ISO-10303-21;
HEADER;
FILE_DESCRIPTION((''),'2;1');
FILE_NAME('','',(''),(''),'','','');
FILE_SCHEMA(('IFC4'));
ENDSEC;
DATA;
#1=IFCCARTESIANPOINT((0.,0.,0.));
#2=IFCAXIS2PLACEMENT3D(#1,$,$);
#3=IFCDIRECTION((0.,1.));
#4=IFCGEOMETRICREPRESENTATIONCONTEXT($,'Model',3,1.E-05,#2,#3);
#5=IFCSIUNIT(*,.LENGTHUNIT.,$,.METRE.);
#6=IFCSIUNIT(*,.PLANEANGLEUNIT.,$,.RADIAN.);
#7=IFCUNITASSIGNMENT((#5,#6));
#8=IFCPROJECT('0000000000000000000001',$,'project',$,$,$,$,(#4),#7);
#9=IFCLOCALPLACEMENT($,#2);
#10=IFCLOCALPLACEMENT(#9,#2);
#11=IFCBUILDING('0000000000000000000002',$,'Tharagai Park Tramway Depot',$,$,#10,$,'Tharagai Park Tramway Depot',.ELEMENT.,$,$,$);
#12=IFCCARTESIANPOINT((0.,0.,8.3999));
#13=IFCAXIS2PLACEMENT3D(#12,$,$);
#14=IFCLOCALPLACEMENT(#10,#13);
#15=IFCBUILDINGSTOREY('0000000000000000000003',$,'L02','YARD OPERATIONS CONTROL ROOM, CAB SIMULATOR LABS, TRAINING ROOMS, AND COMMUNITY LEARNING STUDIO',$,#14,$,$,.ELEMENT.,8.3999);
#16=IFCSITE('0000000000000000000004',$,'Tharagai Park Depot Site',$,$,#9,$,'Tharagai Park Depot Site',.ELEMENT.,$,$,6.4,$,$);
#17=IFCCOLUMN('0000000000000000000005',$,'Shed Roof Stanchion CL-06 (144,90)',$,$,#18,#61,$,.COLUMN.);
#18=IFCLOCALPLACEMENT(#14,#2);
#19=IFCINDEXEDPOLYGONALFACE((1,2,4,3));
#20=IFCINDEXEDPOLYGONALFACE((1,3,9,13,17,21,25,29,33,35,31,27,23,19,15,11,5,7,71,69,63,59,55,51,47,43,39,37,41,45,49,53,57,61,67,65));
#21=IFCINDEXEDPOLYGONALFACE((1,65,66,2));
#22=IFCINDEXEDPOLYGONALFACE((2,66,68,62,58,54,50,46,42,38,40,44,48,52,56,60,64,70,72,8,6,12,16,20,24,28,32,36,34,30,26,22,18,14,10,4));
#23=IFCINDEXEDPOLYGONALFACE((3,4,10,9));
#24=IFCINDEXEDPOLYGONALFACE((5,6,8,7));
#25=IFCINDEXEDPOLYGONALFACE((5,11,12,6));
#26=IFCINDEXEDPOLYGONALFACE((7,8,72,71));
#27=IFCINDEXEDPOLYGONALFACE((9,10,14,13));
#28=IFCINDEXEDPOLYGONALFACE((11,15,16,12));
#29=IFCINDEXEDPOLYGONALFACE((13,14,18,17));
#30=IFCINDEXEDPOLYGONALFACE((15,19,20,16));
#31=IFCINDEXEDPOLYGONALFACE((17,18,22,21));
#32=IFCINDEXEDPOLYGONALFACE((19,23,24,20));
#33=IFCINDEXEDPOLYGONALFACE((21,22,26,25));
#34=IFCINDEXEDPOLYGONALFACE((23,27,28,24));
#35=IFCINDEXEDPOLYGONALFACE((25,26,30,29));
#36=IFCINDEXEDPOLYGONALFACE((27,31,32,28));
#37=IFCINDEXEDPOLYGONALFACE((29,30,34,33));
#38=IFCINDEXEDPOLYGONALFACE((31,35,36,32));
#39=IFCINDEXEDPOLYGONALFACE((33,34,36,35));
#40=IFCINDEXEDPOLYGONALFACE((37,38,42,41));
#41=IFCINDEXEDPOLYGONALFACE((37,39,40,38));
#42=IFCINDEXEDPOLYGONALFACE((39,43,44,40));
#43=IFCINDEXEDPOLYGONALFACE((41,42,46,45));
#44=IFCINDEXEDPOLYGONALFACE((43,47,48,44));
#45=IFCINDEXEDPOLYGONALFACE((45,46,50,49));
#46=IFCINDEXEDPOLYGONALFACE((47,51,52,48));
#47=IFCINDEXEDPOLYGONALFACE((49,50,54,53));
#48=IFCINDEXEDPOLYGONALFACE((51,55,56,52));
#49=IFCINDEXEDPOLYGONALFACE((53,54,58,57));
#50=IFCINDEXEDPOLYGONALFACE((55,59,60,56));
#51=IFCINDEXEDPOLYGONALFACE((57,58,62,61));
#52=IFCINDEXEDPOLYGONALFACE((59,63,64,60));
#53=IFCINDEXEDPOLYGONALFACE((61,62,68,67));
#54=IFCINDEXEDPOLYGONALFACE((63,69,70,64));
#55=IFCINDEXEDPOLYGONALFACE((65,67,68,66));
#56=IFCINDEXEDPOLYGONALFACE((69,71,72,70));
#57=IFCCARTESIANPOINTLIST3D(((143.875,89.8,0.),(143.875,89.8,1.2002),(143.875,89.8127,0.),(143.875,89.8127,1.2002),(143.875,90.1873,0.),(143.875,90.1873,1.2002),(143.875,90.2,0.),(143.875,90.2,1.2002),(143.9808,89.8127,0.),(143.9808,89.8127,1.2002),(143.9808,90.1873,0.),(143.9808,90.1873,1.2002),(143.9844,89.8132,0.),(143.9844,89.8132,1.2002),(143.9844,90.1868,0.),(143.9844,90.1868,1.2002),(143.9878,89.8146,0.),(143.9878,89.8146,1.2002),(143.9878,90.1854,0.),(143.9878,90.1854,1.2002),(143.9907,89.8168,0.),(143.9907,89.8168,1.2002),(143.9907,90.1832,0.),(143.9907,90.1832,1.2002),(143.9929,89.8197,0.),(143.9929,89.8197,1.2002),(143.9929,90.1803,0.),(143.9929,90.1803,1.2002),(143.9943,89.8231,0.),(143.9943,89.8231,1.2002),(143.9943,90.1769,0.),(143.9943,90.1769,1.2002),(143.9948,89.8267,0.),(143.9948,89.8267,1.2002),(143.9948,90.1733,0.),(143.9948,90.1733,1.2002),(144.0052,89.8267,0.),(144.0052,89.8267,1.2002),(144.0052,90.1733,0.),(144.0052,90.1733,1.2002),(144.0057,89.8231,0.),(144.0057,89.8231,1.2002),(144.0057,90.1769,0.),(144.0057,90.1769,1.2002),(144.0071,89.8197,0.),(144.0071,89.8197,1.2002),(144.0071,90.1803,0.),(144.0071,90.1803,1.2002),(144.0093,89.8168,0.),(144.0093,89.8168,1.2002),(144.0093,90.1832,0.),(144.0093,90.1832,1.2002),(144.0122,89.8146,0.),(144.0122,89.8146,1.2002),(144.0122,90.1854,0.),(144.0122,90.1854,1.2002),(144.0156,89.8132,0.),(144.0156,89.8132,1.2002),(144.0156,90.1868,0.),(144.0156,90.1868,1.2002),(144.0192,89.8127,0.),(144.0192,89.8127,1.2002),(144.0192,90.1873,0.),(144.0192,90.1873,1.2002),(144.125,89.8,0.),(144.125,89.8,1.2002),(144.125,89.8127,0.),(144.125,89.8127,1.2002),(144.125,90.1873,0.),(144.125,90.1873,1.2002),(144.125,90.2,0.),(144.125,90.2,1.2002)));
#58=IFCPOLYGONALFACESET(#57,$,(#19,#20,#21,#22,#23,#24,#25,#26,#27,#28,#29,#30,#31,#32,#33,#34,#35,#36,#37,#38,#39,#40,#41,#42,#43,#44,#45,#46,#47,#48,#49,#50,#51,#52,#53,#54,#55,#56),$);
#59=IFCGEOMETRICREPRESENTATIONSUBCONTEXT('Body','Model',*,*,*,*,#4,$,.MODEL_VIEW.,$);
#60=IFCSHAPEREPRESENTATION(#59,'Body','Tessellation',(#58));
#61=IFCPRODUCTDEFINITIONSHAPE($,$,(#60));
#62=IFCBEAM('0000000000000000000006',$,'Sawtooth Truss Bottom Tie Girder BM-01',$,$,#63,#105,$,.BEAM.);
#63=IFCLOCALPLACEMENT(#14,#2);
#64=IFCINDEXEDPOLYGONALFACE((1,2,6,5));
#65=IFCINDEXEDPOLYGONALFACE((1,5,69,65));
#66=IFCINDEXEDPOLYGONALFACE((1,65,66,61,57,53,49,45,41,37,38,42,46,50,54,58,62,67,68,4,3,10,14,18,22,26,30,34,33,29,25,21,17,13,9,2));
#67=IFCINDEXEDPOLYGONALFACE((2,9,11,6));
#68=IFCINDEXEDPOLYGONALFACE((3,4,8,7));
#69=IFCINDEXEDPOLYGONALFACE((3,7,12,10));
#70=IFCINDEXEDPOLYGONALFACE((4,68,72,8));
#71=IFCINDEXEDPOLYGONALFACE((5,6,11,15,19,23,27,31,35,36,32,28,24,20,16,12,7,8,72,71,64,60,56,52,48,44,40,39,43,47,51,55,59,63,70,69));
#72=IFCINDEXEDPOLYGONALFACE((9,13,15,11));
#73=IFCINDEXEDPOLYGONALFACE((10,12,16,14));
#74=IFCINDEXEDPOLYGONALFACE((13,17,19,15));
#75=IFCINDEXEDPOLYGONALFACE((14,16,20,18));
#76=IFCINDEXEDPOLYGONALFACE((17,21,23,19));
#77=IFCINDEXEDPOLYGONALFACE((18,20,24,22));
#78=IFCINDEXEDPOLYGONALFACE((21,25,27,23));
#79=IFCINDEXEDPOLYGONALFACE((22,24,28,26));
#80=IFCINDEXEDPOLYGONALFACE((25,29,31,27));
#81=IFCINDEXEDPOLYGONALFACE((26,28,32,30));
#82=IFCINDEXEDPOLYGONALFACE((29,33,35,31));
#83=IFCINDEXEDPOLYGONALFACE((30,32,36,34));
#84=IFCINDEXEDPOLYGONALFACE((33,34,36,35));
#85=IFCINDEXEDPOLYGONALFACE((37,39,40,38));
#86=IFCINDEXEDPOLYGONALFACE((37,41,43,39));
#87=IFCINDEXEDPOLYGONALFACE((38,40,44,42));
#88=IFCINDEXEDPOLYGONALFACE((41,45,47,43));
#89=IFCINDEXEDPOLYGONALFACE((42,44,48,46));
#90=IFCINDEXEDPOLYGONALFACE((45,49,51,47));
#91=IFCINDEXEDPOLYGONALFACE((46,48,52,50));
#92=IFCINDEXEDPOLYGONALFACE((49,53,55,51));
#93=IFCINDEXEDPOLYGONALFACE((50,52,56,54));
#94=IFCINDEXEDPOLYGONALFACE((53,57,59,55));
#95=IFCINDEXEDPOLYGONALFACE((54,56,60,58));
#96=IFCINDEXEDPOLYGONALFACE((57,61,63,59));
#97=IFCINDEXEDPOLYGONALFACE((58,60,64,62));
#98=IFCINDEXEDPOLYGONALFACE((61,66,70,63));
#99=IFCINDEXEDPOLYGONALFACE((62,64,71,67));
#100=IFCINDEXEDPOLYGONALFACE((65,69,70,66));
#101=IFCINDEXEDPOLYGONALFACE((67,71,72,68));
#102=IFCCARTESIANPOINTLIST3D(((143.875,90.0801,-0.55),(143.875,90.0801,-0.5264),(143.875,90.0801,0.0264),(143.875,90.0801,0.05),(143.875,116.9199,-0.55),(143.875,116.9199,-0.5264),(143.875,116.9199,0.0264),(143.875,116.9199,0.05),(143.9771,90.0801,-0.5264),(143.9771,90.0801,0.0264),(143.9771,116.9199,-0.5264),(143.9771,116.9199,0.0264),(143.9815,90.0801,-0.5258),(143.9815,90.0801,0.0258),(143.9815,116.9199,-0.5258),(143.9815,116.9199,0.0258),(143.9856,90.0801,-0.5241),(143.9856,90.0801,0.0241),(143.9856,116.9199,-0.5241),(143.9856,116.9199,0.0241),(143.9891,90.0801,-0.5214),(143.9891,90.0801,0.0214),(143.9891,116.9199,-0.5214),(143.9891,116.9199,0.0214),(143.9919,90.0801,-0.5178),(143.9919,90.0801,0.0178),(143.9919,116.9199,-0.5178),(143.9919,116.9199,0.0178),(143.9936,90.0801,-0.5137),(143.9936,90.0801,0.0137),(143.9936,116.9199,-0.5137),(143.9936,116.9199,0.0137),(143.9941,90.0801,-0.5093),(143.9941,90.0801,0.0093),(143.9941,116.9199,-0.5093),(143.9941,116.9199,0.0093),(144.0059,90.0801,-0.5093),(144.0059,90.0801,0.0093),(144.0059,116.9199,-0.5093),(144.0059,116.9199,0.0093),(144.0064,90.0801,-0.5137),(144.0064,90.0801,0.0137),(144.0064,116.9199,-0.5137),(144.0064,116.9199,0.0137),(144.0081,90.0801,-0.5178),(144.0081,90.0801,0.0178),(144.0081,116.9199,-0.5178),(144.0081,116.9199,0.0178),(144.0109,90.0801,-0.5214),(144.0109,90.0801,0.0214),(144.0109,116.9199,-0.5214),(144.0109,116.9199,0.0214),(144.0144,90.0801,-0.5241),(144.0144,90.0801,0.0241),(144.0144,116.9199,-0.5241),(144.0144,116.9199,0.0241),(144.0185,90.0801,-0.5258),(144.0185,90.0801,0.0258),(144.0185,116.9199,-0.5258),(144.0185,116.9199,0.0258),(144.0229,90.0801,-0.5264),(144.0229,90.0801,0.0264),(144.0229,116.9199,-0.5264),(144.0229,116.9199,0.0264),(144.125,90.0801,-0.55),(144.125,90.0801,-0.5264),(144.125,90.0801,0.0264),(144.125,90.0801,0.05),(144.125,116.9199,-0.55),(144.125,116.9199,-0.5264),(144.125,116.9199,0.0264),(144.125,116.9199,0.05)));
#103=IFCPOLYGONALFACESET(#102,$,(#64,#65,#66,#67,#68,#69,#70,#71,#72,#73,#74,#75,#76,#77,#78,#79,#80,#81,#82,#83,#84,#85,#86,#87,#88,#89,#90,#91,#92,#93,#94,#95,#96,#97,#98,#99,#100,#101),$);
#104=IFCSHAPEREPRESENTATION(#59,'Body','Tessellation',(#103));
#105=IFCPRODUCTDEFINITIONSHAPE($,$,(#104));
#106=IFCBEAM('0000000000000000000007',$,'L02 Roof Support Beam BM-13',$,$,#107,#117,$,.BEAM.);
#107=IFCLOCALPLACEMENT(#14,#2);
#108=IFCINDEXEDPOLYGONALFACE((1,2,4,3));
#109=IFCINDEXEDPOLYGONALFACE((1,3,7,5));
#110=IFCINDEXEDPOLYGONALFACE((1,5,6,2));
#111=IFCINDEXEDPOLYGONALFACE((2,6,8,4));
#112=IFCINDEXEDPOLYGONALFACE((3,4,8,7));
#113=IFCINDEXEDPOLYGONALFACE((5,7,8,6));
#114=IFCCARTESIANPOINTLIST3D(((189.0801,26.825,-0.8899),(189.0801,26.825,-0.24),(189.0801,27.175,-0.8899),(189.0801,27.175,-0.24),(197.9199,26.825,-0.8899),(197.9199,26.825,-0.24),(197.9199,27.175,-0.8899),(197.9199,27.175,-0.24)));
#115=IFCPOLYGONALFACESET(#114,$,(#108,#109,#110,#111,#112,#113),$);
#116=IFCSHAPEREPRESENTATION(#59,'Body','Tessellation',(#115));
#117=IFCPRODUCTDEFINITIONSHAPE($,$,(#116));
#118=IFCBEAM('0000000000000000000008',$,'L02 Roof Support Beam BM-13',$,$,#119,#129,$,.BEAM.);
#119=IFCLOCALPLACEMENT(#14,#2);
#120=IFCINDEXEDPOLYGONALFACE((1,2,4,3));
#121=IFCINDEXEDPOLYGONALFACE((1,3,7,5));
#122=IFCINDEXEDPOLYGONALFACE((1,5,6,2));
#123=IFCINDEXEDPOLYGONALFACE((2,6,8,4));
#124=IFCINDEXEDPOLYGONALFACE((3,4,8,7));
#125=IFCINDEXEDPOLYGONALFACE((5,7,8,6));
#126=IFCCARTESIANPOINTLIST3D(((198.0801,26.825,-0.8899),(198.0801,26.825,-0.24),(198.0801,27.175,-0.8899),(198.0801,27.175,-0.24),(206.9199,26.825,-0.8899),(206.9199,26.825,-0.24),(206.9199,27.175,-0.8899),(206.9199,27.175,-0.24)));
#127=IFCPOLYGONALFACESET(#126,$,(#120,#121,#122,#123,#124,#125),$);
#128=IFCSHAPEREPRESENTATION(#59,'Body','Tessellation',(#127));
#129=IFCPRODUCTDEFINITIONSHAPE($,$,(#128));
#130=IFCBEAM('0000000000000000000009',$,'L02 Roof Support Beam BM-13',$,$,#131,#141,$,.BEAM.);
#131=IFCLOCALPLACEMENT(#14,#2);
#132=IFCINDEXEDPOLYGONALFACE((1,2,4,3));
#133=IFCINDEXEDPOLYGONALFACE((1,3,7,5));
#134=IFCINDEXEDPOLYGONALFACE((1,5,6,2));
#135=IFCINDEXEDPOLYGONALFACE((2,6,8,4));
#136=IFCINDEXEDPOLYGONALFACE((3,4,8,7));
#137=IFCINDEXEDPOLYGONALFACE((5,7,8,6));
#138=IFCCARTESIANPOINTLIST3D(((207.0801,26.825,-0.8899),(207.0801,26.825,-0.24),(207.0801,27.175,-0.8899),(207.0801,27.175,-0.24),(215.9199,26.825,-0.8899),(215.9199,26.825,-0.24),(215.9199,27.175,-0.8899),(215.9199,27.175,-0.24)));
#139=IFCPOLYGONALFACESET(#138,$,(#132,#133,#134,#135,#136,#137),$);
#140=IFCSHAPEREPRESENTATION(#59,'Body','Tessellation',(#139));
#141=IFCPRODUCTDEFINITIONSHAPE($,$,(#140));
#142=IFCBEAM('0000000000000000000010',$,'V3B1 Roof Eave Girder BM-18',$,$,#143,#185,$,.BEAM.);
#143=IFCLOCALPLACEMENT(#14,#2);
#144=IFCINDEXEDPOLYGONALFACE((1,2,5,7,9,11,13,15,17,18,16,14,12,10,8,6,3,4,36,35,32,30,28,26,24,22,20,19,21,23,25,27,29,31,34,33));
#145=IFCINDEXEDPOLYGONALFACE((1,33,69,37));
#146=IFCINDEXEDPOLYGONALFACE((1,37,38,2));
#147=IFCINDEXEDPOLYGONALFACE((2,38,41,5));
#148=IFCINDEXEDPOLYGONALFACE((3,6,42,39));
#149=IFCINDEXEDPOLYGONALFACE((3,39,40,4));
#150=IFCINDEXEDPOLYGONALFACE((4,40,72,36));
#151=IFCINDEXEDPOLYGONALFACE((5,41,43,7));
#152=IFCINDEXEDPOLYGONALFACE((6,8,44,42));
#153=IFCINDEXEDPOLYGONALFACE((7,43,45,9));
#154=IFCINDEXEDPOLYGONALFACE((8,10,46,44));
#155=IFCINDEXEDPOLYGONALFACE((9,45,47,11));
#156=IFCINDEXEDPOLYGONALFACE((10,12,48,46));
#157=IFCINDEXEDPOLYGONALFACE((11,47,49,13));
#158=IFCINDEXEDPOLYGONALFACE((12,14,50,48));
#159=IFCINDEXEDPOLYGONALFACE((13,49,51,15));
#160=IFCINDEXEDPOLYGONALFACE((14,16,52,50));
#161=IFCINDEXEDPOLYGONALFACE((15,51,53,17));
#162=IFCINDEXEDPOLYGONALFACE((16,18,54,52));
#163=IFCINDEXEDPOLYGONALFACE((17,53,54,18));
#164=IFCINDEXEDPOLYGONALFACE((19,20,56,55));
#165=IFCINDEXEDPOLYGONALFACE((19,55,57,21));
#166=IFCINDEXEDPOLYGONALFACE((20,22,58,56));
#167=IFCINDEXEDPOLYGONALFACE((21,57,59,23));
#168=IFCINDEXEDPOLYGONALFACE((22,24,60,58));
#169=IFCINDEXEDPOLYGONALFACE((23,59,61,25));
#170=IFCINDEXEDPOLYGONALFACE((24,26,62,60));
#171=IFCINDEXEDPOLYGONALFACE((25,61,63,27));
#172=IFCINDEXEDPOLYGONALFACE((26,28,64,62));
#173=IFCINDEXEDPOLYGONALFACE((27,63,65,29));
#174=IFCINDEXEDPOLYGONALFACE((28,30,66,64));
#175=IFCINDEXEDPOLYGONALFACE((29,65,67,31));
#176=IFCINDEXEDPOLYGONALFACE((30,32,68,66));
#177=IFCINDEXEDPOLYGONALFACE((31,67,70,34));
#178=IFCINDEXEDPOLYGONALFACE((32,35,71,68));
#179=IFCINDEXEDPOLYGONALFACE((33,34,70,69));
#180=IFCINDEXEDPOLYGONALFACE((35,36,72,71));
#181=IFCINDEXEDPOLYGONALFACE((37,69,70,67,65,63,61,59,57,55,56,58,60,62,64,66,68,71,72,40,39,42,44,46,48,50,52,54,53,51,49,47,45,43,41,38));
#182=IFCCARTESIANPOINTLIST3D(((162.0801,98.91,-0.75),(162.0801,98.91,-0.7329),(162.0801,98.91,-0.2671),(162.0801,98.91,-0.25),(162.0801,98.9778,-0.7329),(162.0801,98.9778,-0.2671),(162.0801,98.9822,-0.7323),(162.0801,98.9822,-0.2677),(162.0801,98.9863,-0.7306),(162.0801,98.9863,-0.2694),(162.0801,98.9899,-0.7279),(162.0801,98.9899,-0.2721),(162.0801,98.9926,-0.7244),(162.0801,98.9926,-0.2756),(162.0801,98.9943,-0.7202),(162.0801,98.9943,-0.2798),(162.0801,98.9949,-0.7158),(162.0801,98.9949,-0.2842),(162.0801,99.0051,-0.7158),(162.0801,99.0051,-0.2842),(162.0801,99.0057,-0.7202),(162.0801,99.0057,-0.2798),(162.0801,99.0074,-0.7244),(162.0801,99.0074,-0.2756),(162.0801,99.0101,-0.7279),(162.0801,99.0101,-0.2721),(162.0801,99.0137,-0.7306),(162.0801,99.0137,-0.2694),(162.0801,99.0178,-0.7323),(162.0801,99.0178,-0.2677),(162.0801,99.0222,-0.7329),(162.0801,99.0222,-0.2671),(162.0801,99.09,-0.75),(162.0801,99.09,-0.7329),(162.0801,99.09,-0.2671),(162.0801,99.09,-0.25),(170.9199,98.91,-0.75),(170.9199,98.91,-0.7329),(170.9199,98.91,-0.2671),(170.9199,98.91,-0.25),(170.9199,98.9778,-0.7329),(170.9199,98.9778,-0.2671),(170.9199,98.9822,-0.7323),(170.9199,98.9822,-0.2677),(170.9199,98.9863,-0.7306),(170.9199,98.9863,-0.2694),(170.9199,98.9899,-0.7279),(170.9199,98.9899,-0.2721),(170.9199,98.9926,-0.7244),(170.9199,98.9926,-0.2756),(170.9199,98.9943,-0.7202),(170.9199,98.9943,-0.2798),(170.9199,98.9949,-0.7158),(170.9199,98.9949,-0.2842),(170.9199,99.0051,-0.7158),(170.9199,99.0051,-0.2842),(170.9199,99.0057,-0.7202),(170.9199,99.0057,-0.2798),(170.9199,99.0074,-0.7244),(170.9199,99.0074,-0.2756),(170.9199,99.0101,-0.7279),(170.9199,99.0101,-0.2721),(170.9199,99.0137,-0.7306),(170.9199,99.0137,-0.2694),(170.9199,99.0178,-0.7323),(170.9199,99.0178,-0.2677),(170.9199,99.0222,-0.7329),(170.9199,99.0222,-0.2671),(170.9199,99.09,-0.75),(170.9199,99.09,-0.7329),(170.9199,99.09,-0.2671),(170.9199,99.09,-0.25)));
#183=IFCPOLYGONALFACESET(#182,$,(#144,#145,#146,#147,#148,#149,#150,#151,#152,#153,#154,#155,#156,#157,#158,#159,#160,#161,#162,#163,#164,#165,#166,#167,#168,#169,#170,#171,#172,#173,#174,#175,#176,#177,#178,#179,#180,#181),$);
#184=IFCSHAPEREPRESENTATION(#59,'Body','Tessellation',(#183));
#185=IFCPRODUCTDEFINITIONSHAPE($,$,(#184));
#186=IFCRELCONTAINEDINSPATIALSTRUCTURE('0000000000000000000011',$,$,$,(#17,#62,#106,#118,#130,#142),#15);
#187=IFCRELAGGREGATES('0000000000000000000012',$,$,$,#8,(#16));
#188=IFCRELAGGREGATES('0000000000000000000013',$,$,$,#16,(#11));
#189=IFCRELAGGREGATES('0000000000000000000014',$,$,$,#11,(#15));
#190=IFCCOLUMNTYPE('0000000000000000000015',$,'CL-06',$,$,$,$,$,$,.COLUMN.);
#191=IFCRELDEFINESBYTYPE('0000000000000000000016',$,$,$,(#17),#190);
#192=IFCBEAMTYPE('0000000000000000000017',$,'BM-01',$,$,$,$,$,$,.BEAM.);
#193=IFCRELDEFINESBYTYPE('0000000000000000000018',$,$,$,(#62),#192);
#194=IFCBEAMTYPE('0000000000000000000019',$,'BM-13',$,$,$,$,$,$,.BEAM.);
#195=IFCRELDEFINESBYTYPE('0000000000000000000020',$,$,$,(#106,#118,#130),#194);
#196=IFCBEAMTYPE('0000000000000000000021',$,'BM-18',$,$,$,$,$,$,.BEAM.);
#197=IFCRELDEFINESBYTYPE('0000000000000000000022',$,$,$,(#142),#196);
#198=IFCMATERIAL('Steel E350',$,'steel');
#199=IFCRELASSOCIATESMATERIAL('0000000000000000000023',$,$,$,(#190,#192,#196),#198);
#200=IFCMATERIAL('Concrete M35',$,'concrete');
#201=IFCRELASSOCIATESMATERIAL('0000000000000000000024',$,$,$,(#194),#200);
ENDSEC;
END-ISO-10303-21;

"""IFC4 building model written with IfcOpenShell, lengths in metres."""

from ifc_helpers import new_model, si_unit, direction, frame, origin, origin_2d, place, context, subcontext, project, spatial, rectangle, i_section, extrude, material, material_profile, profile_set, type_object, element, save


model = new_model("IFC4")

# Units and contexts
model_context = context("Model", 3, precision=1e-05, world=origin(), true_north=direction((0.0, 1.0)))
body_context = subcontext(model_context, "Body", "Model", "MODEL_VIEW")
ifc_project = project(units=[si_unit("LENGTHUNIT", "METRE"), si_unit("PLANEANGLEUNIT", "RADIAN")], contexts=[model_context])

# Site, building, storey
site_placement = place(None, origin())
site = spatial("IfcSite", under=ifc_project, at=site_placement, Name="Tharagai Park Depot Site", LongName="Tharagai Park Depot Site", CompositionType="ELEMENT", RefElevation=6.4)
building_placement = place(site_placement, origin())
building = spatial("IfcBuilding", under=site, at=building_placement, Name="Tharagai Park Tramway Depot", LongName="Tharagai Park Tramway Depot", CompositionType="ELEMENT")
storey_placement = place(building_placement, frame((0.0, 0.0, 8.3999)))
storey = spatial("IfcBuildingStorey", under=building, at=storey_placement, Name="L02", Description="YARD OPERATIONS CONTROL ROOM, CAB SIMULATOR LABS, TRAINING ROOMS, AND COMMUNITY LEARNING STUDIO", CompositionType="ELEMENT", Elevation=8.3999)

# Column
ifc_material_1 = material(Name="Steel E350", Category="steel")
ifc_material_profile_1 = material_profile(ifc_material_1, i_section(OverallWidth=0.25, OverallDepth=0.3999, WebThickness=0.0105, FlangeThickness=0.0127, FilletRadius=0.0139, at=origin_2d()), Name="ISHB 400")
ifc_profile_set_1 = profile_set([ifc_material_profile_1], Name="Steel E350")
column_type = type_object("IfcColumnType", Name="CL-06", PredefinedType="COLUMN", material=ifc_profile_set_1)
column_placement = place(storey_placement, frame((144.0, 90.0, 0.0), z_axis=(0.0, 0.0, 1.0), x_axis=(1.0, 0.0, 0.0)))
element("IfcColumn", 1, at=column_placement, inside=storey, type_object=column_type, Name="Shed Roof Stanchion CL-06 (144,90)", PredefinedType="COLUMN", context=body_context, shape_type="SweptSolid", body=[
    extrude(i_section(OverallWidth=0.25, OverallDepth=0.3999, WebThickness=0.0105, FlangeThickness=0.0127, FilletRadius=0.0139, at=origin_2d()), origin(), (0.0, 0.0, 1.0), 1.2002),
])

# Beams
ifc_material_profile_2 = material_profile(ifc_material_1, i_section(OverallWidth=0.25, OverallDepth=0.6001, WebThickness=0.0117, FlangeThickness=0.0237, FilletRadius=0.0171, at=origin_2d()), Name="ISWB 600")
ifc_profile_set_2 = profile_set([ifc_material_profile_2], Name="Steel E350")
beam_type_1 = type_object("IfcBeamType", Name="BM-01", PredefinedType="BEAM", material=ifc_profile_set_2)
beam_placement = place(storey_placement, frame((144.0, 90.0801, -0.25), z_axis=(0.0, 1.0, 0.0), x_axis=(-1.0, 0.0, 0.0)))
element("IfcBeam", 2, at=beam_placement, inside=storey, type_object=beam_type_1, Name="Sawtooth Truss Bottom Tie Girder BM-01", PredefinedType="BEAM", context=body_context, shape_type="SweptSolid", body=[
    extrude(i_section(OverallWidth=0.25, OverallDepth=0.6001, WebThickness=0.0117, FlangeThickness=0.0237, FilletRadius=0.0171, at=origin_2d()), origin(), (0.0, 0.0, 1.0), 26.8398),
])
ifc_material_2 = material(Name="Concrete M35", Category="concrete")
ifc_material_profile_3 = material_profile(ifc_material_2, rectangle(XDim=0.3501, YDim=0.6499, at=origin_2d()), Name="RC 350x650")
ifc_profile_set_3 = profile_set([ifc_material_profile_3], Name="Concrete M35")
beam_type_2 = type_object("IfcBeamType", Name="BM-13", PredefinedType="BEAM", material=ifc_profile_set_3)
for number, where, z_axis, x_axis, name in (
    (3, (189.0801, 27.0, -0.5649), (1.0, 0.0, 0.0), (0.0, 1.0, 0.0), "L02 Roof Support Beam BM-13"),
    (4, (198.0801, 27.0, -0.5649), (1.0, 0.0, 0.0), (0.0, 1.0, 0.0), "L02 Roof Support Beam BM-13"),
    (5, (207.0801, 27.0, -0.5649), (1.0, 0.0, 0.0), (0.0, 1.0, 0.0), "L02 Roof Support Beam BM-13"),
):
    element("IfcBeam", number, at=place(storey_placement, frame(where, z_axis=z_axis, x_axis=x_axis)), inside=storey, type_object=beam_type_2, Name=name, PredefinedType="BEAM", context=body_context, shape_type="SweptSolid", body=[
        extrude(rectangle(XDim=0.3501, YDim=0.6499, at=origin_2d()), origin(), (0.0, 0.0, 1.0), 8.8398),
    ])
ifc_material_profile_4 = material_profile(ifc_material_1, i_section(OverallWidth=0.1799, OverallDepth=0.5, WebThickness=0.0103, FlangeThickness=0.0171, FilletRadius=0.0171, at=origin_2d()), Name="ISMB 500")
ifc_profile_set_4 = profile_set([ifc_material_profile_4], Name="Steel E350")
beam_type_3 = type_object("IfcBeamType", Name="BM-18", PredefinedType="BEAM", material=ifc_profile_set_4)
for number, where, z_axis, x_axis, name in (
    (6, (162.0801, 99.0, -0.5), (1.0, 0.0, 0.0), (0.0, 1.0, 0.0), "V3B1 Roof Eave Girder BM-18"),
):
    element("IfcBeam", number, at=place(storey_placement, frame(where, z_axis=z_axis, x_axis=x_axis)), inside=storey, type_object=beam_type_3, Name=name, PredefinedType="BEAM", context=body_context, shape_type="SweptSolid", body=[
        extrude(i_section(OverallWidth=0.1799, OverallDepth=0.5, WebThickness=0.0103, FlangeThickness=0.0171, FilletRadius=0.0171, at=origin_2d()), origin(), (0.0, 0.0, 1.0), 8.8398),
    ])

save(model, "model.ifc")
